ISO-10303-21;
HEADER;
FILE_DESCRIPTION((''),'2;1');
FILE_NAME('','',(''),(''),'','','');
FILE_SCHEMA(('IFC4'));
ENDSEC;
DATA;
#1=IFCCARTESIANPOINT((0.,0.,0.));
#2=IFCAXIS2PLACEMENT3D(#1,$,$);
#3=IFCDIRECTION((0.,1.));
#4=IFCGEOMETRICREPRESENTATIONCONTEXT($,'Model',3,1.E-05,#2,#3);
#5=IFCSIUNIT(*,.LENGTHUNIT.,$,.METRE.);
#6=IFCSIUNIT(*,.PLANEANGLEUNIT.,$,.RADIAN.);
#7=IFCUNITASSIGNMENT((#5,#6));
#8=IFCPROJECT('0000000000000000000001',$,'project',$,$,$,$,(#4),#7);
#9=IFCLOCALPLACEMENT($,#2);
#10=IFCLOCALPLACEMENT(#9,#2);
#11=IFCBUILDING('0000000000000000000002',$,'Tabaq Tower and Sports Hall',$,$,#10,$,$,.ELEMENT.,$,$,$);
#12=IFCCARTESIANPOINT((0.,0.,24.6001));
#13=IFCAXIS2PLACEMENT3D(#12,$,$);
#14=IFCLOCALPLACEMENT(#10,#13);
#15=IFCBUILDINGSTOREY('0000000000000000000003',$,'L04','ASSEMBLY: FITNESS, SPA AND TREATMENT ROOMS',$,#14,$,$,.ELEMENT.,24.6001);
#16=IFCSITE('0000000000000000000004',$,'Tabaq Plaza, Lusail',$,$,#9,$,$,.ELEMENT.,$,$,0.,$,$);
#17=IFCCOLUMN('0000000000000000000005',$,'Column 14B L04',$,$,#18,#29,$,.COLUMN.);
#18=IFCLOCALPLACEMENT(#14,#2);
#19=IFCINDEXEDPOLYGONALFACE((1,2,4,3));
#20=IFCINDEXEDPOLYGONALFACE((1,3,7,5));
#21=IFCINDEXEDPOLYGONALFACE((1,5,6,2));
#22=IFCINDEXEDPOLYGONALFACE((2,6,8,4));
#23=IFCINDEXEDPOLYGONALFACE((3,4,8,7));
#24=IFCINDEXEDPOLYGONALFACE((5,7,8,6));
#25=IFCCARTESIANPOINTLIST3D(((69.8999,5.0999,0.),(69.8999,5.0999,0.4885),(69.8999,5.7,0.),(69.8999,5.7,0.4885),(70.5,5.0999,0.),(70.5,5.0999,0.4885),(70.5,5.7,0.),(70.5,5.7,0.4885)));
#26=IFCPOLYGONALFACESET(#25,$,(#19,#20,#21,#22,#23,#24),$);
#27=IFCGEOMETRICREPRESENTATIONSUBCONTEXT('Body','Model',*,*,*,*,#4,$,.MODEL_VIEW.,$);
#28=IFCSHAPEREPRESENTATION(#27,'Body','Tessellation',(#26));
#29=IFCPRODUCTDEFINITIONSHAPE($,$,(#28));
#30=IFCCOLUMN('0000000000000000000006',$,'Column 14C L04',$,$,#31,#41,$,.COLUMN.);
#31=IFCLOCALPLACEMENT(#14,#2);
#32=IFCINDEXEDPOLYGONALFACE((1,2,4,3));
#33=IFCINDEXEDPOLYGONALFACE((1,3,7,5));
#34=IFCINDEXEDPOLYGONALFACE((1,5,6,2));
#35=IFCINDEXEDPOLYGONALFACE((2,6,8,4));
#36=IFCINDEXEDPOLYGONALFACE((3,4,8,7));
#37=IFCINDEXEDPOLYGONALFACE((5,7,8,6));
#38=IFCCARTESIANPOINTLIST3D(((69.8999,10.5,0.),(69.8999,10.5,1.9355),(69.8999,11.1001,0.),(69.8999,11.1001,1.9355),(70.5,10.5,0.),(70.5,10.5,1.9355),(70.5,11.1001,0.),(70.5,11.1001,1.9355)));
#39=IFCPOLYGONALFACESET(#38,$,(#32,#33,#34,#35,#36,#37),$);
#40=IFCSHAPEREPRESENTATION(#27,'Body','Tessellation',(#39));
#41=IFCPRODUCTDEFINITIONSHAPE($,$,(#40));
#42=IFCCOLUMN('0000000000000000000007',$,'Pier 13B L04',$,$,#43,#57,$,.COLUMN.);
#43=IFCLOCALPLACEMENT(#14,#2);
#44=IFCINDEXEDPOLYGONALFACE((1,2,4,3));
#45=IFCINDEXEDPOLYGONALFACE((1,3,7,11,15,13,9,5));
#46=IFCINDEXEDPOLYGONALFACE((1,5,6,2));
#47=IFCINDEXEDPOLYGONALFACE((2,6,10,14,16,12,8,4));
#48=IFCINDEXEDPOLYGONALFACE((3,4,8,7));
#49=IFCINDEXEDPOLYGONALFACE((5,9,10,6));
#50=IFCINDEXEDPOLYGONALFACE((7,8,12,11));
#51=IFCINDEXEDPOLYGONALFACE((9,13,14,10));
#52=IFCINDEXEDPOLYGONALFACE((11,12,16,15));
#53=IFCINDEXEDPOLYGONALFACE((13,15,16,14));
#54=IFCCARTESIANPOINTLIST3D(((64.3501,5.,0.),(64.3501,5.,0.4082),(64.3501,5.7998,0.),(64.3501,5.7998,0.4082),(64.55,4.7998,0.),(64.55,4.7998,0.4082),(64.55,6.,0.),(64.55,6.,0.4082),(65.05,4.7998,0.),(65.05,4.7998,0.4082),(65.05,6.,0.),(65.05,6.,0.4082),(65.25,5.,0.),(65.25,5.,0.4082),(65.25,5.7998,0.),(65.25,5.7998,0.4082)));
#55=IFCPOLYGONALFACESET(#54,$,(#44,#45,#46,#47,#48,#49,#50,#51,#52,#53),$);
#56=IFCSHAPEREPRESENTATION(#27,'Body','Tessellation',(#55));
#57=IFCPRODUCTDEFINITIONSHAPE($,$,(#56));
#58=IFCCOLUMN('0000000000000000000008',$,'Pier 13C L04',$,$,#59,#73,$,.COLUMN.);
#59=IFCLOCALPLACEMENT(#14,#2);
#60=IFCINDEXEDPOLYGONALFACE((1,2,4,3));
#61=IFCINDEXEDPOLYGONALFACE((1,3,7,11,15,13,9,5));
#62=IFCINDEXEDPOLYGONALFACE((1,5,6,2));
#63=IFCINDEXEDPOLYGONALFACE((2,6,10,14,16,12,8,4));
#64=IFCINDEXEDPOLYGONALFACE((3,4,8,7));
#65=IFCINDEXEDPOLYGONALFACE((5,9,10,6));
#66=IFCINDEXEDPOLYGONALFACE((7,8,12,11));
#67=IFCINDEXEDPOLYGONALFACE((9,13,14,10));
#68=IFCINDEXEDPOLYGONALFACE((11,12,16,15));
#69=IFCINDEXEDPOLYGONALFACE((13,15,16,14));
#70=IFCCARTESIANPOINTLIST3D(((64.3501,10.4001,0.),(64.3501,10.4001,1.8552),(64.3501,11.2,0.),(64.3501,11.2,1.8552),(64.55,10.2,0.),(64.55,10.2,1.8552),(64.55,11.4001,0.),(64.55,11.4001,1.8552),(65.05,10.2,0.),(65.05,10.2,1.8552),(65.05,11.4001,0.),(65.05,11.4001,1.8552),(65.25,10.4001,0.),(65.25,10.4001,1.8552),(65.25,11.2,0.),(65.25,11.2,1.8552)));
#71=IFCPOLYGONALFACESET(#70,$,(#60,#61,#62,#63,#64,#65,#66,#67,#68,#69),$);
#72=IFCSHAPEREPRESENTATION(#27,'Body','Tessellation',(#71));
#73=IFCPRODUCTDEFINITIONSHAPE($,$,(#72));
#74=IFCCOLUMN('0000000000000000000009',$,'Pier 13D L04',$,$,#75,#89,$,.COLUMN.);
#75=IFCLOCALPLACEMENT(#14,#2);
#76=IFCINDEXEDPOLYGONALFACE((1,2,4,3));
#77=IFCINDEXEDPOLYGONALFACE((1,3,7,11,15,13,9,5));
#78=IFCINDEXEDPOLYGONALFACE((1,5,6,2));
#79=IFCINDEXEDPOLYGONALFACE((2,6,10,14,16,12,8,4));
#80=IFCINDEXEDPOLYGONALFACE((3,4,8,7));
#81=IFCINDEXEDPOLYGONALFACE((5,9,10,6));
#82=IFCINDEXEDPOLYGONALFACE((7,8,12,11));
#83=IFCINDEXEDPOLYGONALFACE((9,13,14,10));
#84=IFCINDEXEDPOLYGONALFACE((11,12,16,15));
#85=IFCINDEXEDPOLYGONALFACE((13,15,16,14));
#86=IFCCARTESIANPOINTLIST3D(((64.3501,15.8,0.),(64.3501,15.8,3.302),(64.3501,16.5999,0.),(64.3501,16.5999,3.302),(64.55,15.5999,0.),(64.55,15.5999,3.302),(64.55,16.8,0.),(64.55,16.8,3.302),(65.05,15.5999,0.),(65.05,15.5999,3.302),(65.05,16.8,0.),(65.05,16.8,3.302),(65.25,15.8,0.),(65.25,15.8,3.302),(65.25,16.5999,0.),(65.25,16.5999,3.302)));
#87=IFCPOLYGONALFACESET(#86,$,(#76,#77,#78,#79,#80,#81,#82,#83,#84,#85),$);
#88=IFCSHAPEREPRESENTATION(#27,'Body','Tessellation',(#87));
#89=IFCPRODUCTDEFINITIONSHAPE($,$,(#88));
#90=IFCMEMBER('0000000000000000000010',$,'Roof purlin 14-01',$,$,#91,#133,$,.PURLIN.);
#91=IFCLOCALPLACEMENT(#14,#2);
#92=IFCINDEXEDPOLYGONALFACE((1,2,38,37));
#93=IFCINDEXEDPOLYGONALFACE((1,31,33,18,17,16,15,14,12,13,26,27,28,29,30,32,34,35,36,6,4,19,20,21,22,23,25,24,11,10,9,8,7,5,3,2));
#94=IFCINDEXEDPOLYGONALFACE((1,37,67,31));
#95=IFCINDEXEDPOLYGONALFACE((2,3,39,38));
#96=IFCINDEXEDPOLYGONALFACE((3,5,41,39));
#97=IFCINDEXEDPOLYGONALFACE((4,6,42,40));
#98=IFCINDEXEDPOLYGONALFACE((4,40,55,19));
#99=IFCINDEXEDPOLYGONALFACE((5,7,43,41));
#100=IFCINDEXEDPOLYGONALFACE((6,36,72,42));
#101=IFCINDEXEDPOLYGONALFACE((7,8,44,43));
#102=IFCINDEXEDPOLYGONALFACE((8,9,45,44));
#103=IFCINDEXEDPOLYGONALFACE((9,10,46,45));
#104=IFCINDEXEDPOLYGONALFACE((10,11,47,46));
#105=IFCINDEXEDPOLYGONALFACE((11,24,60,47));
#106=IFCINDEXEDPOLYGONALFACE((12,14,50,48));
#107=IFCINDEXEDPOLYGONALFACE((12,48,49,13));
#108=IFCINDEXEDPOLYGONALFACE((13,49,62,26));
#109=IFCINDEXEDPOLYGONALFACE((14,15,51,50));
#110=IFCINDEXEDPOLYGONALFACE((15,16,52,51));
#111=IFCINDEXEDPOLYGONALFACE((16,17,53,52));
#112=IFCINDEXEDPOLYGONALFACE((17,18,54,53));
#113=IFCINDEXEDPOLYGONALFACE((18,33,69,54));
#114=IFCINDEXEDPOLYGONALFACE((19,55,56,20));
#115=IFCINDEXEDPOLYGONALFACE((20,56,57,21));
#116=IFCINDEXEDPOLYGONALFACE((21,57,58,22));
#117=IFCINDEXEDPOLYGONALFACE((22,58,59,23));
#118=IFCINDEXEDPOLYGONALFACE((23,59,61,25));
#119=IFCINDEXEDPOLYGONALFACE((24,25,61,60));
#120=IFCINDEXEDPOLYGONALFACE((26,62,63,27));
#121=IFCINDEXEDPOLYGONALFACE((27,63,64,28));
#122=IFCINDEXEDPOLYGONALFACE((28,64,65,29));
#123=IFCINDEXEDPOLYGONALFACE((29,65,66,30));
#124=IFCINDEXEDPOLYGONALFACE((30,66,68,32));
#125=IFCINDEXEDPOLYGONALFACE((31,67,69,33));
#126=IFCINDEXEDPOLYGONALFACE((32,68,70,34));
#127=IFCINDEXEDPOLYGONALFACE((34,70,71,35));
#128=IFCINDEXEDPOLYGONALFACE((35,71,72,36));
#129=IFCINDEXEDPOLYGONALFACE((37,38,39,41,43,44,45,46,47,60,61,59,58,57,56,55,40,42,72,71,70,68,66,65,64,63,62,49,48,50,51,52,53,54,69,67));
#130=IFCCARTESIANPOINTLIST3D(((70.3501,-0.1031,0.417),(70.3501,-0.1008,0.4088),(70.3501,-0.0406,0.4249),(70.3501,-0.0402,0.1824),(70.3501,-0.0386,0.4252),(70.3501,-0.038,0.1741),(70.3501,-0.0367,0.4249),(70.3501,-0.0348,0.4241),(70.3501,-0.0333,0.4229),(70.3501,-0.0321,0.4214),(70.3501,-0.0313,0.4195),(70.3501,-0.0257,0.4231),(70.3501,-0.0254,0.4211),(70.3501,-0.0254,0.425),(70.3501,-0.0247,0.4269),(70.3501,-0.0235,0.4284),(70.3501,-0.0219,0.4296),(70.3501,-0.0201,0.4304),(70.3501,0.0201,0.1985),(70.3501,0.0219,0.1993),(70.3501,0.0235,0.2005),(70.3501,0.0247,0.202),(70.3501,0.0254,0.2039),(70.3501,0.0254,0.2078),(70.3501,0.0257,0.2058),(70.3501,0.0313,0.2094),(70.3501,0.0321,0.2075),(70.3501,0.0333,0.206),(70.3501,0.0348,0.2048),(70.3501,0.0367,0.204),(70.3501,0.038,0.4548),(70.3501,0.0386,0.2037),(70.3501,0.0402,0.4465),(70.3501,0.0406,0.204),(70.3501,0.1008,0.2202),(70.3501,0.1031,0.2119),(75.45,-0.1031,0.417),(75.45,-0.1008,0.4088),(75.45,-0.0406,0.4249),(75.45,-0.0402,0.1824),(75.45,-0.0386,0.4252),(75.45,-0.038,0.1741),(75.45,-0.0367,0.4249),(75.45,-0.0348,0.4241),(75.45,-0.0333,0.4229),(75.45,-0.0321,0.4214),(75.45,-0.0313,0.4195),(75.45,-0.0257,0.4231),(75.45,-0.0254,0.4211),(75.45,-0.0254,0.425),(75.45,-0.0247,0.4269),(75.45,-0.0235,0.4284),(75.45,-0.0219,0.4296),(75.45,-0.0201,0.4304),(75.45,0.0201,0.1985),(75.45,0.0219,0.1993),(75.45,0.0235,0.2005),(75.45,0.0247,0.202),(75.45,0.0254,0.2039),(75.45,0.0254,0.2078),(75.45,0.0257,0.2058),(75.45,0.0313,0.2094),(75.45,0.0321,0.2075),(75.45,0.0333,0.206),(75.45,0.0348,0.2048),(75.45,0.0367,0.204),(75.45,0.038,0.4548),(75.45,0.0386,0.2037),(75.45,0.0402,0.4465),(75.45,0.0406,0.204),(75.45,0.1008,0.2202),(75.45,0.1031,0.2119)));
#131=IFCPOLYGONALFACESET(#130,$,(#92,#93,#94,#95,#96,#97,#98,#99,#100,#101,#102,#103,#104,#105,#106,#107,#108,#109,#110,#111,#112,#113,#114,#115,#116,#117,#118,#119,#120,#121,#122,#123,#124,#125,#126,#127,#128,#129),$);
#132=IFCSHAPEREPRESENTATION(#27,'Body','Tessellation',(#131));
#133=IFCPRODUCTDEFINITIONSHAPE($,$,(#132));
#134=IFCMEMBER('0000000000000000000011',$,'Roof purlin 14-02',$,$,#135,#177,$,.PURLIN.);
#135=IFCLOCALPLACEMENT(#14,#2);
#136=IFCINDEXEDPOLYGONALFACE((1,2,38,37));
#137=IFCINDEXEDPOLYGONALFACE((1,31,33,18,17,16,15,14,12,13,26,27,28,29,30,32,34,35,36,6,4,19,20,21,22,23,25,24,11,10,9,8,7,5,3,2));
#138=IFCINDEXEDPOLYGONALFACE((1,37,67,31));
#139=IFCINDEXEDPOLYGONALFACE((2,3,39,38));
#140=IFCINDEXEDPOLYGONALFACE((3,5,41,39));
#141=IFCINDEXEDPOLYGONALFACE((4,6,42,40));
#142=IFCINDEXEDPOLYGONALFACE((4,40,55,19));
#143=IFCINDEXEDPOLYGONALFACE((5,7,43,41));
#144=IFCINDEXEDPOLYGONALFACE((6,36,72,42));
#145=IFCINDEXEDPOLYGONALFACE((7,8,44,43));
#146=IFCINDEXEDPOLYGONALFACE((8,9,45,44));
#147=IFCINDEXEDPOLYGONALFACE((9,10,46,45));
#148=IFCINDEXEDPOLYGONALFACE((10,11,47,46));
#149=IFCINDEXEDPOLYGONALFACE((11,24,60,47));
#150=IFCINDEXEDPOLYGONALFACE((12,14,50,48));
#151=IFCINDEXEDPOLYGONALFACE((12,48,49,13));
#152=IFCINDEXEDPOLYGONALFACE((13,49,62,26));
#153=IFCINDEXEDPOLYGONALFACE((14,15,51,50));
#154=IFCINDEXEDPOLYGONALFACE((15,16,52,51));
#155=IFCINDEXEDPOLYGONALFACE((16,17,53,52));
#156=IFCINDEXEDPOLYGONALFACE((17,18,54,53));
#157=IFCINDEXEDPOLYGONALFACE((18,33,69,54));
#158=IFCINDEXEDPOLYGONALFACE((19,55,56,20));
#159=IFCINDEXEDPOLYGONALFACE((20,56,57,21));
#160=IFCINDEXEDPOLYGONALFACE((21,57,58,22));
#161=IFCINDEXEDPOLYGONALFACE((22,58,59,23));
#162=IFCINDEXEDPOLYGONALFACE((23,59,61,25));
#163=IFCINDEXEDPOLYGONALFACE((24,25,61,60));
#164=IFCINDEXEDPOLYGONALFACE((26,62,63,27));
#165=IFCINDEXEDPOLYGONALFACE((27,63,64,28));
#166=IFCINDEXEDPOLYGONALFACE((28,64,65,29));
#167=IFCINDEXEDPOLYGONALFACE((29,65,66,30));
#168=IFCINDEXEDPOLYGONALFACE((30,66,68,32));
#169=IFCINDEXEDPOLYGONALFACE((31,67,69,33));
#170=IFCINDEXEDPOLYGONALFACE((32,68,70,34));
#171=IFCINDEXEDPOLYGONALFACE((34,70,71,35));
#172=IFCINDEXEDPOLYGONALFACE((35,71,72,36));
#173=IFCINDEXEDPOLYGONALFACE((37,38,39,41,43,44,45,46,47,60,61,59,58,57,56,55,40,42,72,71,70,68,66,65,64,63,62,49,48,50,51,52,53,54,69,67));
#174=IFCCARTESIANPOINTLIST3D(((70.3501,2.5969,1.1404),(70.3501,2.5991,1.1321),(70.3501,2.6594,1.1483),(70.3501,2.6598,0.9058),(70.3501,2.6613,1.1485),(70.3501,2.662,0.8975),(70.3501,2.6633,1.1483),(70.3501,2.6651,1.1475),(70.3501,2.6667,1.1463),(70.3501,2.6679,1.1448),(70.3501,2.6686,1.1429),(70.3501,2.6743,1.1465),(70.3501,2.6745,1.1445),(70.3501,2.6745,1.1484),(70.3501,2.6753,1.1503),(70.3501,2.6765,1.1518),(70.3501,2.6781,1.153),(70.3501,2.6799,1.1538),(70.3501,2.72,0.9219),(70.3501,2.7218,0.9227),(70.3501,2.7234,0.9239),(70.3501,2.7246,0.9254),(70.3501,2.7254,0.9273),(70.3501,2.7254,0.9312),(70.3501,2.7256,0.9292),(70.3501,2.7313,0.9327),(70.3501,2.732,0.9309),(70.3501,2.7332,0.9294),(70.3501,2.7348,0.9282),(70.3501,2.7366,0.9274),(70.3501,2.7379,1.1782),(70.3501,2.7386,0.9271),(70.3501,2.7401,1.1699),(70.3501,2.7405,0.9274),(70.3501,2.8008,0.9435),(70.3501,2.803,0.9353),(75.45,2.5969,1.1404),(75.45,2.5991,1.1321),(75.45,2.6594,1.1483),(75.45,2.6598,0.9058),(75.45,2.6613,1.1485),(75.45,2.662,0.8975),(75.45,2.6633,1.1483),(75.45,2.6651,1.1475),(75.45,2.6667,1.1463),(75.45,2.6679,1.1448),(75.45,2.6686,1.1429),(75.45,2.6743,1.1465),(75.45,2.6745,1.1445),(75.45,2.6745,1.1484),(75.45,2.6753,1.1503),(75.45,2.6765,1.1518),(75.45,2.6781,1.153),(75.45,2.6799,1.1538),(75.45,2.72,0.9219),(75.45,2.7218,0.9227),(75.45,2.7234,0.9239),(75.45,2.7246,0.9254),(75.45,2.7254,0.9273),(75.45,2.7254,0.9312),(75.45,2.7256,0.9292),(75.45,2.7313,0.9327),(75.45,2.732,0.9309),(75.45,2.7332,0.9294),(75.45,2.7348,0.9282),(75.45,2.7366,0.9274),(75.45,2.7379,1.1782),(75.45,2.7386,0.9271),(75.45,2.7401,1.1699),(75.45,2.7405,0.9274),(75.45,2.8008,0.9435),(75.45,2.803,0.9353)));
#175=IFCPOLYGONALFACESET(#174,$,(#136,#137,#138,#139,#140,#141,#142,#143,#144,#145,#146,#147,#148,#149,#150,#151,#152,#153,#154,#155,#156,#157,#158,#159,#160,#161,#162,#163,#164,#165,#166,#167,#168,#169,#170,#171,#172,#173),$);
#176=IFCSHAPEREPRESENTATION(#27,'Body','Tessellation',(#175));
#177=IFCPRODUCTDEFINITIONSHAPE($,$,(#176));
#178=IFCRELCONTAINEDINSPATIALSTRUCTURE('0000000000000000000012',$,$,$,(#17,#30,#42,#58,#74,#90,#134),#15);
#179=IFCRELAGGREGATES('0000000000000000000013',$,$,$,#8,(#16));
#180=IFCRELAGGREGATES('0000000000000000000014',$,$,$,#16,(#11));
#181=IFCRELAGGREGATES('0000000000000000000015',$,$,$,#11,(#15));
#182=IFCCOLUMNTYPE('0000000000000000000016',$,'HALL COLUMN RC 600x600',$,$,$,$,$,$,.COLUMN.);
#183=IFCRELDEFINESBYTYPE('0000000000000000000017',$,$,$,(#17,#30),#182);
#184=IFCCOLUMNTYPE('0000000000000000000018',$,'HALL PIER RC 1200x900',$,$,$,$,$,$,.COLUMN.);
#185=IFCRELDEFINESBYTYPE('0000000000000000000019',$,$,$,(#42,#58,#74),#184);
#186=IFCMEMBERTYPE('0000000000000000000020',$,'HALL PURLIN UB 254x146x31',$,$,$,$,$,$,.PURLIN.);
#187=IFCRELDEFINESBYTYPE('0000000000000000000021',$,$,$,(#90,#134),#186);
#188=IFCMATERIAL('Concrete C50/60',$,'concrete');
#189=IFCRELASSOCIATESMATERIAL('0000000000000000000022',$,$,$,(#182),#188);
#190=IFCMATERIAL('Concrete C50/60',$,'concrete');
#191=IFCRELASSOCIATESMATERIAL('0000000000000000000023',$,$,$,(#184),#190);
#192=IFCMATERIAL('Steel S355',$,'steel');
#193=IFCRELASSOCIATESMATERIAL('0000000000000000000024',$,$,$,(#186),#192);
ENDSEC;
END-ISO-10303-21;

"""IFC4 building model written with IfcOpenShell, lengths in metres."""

from ifc_helpers import new_model, si_unit, direction, frame, origin, origin_2d, place, context, subcontext, project, spatial, polyline, rectangle, i_section, outline, extrude, material, material_profile, profile_set, type_object, element, save


model = new_model("IFC4")

# Units and contexts
model_context = context("Model", 3, precision=1e-05, world=origin(), true_north=direction((0.0, 1.0)))
body_context = subcontext(model_context, "Body", "Model", "MODEL_VIEW")
ifc_project = project(units=[si_unit("LENGTHUNIT", "METRE"), si_unit("PLANEANGLEUNIT", "RADIAN")], contexts=[model_context])

# Site, building, storey
site_placement = place(None, origin())
site = spatial("IfcSite", under=ifc_project, at=site_placement, Name="Tabaq Plaza, Lusail", CompositionType="ELEMENT", RefElevation=0.0)
building_placement = place(site_placement, origin())
building = spatial("IfcBuilding", under=site, at=building_placement, Name="Tabaq Tower and Sports Hall", CompositionType="ELEMENT")
storey_placement = place(building_placement, frame((0.0, 0.0, 24.6001)))
storey = spatial("IfcBuildingStorey", under=building, at=storey_placement, Name="L04", Description="ASSEMBLY: FITNESS, SPA AND TREATMENT ROOMS", CompositionType="ELEMENT", Elevation=24.6001)

# Columns
ifc_material_1 = material(Name="Concrete C50/60", Category="concrete")
ifc_material_profile_1 = material_profile(ifc_material_1, rectangle(XDim=0.6001, YDim=0.6001, at=origin_2d()), Name="RC 600x600")
ifc_profile_set_1 = profile_set([ifc_material_profile_1], Name="Concrete C50/60")
column_type_1 = type_object("IfcColumnType", Name="HALL COLUMN RC 600x600", PredefinedType="COLUMN", material=ifc_profile_set_1)
column_1_placement = place(storey_placement, frame((70.2, 5.3999, 0.0), z_axis=(0.0, 0.0, 1.0), x_axis=(1.0, 0.0, 0.0)))
element("IfcColumn", 1, at=column_1_placement, inside=storey, type_object=column_type_1, Name="Column 14B L04", PredefinedType="COLUMN", context=body_context, shape_type="SweptSolid", body=[
    extrude(rectangle(XDim=0.6001, YDim=0.6001, at=origin_2d()), origin(), (0.0, 0.0, 1.0), 0.4885),
])
column_2_placement = place(storey_placement, frame((70.2, 10.8, 0.0), z_axis=(0.0, 0.0, 1.0), x_axis=(1.0, 0.0, 0.0)))
element("IfcColumn", 2, at=column_2_placement, inside=storey, type_object=column_type_1, Name="Column 14C L04", PredefinedType="COLUMN", context=body_context, shape_type="SweptSolid", body=[
    extrude(rectangle(XDim=0.6001, YDim=0.6001, at=origin_2d()), origin(), (0.0, 0.0, 1.0), 1.9355),
])
ifc_material_2 = material(Name="Concrete C50/60", Category="concrete")
ifc_material_profile_2 = material_profile(ifc_material_2, outline(polyline([(-0.3999, -0.45), (0.3999, -0.45), (0.6001, -0.25), (0.6001, 0.25), (0.3999, 0.45), (-0.3999, 0.45), (-0.6001, 0.25), (-0.6001, -0.25), (-0.3999, -0.45)])), Name="PIER 1200x900")
ifc_profile_set_2 = profile_set([ifc_material_profile_2], Name="Concrete C50/60")
column_type_2 = type_object("IfcColumnType", Name="HALL PIER RC 1200x900", PredefinedType="COLUMN", material=ifc_profile_set_2)
column_3_placement = place(storey_placement, frame((64.8, 5.3999, 0.0), z_axis=(0.0, 0.0, 1.0), x_axis=(0.0, 1.0, 0.0)))
element("IfcColumn", 3, at=column_3_placement, inside=storey, type_object=column_type_2, Name="Pier 13B L04", PredefinedType="COLUMN", context=body_context, shape_type="SweptSolid", body=[
    extrude(outline(polyline([(-0.3999, -0.45), (0.3999, -0.45), (0.6001, -0.25), (0.6001, 0.25), (0.3999, 0.45), (-0.3999, 0.45), (-0.6001, 0.25), (-0.6001, -0.25), (-0.3999, -0.45)])), origin(), (0.0, 0.0, 1.0), 0.4082),
])
column_4_placement = place(storey_placement, frame((64.8, 10.8, 0.0), z_axis=(0.0, 0.0, 1.0), x_axis=(0.0, 1.0, 0.0)))
element("IfcColumn", 4, at=column_4_placement, inside=storey, type_object=column_type_2, Name="Pier 13C L04", PredefinedType="COLUMN", context=body_context, shape_type="SweptSolid", body=[
    extrude(outline(polyline([(-0.3999, -0.45), (0.3999, -0.45), (0.6001, -0.25), (0.6001, 0.25), (0.3999, 0.45), (-0.3999, 0.45), (-0.6001, 0.25), (-0.6001, -0.25), (-0.3999, -0.45)])), origin(), (0.0, 0.0, 1.0), 1.8552),
])
column_5_placement = place(storey_placement, frame((64.8, 16.2, 0.0), z_axis=(0.0, 0.0, 1.0), x_axis=(0.0, 1.0, 0.0)))
element("IfcColumn", 5, at=column_5_placement, inside=storey, type_object=column_type_2, Name="Pier 13D L04", PredefinedType="COLUMN", context=body_context, shape_type="SweptSolid", body=[
    extrude(outline(polyline([(-0.3999, -0.45), (0.3999, -0.45), (0.6001, -0.25), (0.6001, 0.25), (0.3999, 0.45), (-0.3999, 0.45), (-0.6001, 0.25), (-0.6001, -0.25), (-0.3999, -0.45)])), origin(), (0.0, 0.0, 1.0), 3.302),
])

# Members
ifc_material_3 = material(Name="Steel S355", Category="steel")
ifc_material_profile_3 = material_profile(ifc_material_3, i_section(OverallWidth=0.146, OverallDepth=0.2515, WebThickness=0.0061, FlangeThickness=0.0085, FilletRadius=0.0076, at=origin_2d()), Name="UB 254x146x31")
ifc_profile_set_3 = profile_set([ifc_material_profile_3], Name="Steel S355")
member_type_1 = type_object("IfcMemberType", Name="HALL PURLIN UB 254x146x31", PredefinedType="PURLIN", material=ifc_profile_set_3)
for number, where, z_axis, x_axis, name in (
    (6, (70.3501, 0.0, 0.3145), (1.0, 0.0, 0.0), (0.0, 0.965926, 0.258819), "Roof purlin 14-01"),
    (7, (70.3501, 2.7, 1.0378), (1.0, 0.0, 0.0), (0.0, 0.965926, 0.258819), "Roof purlin 14-02"),
):
    element("IfcMember", number, at=place(storey_placement, frame(where, z_axis=z_axis, x_axis=x_axis)), inside=storey, type_object=member_type_1, Name=name, PredefinedType="PURLIN", context=body_context, shape_type="SweptSolid", body=[
        extrude(i_section(OverallWidth=0.146, OverallDepth=0.2515, WebThickness=0.0061, FlangeThickness=0.0085, FilletRadius=0.0076, at=origin_2d()), origin(), (0.0, 0.0, 1.0), 5.0999),
    ])

save(model, "model.ifc")
